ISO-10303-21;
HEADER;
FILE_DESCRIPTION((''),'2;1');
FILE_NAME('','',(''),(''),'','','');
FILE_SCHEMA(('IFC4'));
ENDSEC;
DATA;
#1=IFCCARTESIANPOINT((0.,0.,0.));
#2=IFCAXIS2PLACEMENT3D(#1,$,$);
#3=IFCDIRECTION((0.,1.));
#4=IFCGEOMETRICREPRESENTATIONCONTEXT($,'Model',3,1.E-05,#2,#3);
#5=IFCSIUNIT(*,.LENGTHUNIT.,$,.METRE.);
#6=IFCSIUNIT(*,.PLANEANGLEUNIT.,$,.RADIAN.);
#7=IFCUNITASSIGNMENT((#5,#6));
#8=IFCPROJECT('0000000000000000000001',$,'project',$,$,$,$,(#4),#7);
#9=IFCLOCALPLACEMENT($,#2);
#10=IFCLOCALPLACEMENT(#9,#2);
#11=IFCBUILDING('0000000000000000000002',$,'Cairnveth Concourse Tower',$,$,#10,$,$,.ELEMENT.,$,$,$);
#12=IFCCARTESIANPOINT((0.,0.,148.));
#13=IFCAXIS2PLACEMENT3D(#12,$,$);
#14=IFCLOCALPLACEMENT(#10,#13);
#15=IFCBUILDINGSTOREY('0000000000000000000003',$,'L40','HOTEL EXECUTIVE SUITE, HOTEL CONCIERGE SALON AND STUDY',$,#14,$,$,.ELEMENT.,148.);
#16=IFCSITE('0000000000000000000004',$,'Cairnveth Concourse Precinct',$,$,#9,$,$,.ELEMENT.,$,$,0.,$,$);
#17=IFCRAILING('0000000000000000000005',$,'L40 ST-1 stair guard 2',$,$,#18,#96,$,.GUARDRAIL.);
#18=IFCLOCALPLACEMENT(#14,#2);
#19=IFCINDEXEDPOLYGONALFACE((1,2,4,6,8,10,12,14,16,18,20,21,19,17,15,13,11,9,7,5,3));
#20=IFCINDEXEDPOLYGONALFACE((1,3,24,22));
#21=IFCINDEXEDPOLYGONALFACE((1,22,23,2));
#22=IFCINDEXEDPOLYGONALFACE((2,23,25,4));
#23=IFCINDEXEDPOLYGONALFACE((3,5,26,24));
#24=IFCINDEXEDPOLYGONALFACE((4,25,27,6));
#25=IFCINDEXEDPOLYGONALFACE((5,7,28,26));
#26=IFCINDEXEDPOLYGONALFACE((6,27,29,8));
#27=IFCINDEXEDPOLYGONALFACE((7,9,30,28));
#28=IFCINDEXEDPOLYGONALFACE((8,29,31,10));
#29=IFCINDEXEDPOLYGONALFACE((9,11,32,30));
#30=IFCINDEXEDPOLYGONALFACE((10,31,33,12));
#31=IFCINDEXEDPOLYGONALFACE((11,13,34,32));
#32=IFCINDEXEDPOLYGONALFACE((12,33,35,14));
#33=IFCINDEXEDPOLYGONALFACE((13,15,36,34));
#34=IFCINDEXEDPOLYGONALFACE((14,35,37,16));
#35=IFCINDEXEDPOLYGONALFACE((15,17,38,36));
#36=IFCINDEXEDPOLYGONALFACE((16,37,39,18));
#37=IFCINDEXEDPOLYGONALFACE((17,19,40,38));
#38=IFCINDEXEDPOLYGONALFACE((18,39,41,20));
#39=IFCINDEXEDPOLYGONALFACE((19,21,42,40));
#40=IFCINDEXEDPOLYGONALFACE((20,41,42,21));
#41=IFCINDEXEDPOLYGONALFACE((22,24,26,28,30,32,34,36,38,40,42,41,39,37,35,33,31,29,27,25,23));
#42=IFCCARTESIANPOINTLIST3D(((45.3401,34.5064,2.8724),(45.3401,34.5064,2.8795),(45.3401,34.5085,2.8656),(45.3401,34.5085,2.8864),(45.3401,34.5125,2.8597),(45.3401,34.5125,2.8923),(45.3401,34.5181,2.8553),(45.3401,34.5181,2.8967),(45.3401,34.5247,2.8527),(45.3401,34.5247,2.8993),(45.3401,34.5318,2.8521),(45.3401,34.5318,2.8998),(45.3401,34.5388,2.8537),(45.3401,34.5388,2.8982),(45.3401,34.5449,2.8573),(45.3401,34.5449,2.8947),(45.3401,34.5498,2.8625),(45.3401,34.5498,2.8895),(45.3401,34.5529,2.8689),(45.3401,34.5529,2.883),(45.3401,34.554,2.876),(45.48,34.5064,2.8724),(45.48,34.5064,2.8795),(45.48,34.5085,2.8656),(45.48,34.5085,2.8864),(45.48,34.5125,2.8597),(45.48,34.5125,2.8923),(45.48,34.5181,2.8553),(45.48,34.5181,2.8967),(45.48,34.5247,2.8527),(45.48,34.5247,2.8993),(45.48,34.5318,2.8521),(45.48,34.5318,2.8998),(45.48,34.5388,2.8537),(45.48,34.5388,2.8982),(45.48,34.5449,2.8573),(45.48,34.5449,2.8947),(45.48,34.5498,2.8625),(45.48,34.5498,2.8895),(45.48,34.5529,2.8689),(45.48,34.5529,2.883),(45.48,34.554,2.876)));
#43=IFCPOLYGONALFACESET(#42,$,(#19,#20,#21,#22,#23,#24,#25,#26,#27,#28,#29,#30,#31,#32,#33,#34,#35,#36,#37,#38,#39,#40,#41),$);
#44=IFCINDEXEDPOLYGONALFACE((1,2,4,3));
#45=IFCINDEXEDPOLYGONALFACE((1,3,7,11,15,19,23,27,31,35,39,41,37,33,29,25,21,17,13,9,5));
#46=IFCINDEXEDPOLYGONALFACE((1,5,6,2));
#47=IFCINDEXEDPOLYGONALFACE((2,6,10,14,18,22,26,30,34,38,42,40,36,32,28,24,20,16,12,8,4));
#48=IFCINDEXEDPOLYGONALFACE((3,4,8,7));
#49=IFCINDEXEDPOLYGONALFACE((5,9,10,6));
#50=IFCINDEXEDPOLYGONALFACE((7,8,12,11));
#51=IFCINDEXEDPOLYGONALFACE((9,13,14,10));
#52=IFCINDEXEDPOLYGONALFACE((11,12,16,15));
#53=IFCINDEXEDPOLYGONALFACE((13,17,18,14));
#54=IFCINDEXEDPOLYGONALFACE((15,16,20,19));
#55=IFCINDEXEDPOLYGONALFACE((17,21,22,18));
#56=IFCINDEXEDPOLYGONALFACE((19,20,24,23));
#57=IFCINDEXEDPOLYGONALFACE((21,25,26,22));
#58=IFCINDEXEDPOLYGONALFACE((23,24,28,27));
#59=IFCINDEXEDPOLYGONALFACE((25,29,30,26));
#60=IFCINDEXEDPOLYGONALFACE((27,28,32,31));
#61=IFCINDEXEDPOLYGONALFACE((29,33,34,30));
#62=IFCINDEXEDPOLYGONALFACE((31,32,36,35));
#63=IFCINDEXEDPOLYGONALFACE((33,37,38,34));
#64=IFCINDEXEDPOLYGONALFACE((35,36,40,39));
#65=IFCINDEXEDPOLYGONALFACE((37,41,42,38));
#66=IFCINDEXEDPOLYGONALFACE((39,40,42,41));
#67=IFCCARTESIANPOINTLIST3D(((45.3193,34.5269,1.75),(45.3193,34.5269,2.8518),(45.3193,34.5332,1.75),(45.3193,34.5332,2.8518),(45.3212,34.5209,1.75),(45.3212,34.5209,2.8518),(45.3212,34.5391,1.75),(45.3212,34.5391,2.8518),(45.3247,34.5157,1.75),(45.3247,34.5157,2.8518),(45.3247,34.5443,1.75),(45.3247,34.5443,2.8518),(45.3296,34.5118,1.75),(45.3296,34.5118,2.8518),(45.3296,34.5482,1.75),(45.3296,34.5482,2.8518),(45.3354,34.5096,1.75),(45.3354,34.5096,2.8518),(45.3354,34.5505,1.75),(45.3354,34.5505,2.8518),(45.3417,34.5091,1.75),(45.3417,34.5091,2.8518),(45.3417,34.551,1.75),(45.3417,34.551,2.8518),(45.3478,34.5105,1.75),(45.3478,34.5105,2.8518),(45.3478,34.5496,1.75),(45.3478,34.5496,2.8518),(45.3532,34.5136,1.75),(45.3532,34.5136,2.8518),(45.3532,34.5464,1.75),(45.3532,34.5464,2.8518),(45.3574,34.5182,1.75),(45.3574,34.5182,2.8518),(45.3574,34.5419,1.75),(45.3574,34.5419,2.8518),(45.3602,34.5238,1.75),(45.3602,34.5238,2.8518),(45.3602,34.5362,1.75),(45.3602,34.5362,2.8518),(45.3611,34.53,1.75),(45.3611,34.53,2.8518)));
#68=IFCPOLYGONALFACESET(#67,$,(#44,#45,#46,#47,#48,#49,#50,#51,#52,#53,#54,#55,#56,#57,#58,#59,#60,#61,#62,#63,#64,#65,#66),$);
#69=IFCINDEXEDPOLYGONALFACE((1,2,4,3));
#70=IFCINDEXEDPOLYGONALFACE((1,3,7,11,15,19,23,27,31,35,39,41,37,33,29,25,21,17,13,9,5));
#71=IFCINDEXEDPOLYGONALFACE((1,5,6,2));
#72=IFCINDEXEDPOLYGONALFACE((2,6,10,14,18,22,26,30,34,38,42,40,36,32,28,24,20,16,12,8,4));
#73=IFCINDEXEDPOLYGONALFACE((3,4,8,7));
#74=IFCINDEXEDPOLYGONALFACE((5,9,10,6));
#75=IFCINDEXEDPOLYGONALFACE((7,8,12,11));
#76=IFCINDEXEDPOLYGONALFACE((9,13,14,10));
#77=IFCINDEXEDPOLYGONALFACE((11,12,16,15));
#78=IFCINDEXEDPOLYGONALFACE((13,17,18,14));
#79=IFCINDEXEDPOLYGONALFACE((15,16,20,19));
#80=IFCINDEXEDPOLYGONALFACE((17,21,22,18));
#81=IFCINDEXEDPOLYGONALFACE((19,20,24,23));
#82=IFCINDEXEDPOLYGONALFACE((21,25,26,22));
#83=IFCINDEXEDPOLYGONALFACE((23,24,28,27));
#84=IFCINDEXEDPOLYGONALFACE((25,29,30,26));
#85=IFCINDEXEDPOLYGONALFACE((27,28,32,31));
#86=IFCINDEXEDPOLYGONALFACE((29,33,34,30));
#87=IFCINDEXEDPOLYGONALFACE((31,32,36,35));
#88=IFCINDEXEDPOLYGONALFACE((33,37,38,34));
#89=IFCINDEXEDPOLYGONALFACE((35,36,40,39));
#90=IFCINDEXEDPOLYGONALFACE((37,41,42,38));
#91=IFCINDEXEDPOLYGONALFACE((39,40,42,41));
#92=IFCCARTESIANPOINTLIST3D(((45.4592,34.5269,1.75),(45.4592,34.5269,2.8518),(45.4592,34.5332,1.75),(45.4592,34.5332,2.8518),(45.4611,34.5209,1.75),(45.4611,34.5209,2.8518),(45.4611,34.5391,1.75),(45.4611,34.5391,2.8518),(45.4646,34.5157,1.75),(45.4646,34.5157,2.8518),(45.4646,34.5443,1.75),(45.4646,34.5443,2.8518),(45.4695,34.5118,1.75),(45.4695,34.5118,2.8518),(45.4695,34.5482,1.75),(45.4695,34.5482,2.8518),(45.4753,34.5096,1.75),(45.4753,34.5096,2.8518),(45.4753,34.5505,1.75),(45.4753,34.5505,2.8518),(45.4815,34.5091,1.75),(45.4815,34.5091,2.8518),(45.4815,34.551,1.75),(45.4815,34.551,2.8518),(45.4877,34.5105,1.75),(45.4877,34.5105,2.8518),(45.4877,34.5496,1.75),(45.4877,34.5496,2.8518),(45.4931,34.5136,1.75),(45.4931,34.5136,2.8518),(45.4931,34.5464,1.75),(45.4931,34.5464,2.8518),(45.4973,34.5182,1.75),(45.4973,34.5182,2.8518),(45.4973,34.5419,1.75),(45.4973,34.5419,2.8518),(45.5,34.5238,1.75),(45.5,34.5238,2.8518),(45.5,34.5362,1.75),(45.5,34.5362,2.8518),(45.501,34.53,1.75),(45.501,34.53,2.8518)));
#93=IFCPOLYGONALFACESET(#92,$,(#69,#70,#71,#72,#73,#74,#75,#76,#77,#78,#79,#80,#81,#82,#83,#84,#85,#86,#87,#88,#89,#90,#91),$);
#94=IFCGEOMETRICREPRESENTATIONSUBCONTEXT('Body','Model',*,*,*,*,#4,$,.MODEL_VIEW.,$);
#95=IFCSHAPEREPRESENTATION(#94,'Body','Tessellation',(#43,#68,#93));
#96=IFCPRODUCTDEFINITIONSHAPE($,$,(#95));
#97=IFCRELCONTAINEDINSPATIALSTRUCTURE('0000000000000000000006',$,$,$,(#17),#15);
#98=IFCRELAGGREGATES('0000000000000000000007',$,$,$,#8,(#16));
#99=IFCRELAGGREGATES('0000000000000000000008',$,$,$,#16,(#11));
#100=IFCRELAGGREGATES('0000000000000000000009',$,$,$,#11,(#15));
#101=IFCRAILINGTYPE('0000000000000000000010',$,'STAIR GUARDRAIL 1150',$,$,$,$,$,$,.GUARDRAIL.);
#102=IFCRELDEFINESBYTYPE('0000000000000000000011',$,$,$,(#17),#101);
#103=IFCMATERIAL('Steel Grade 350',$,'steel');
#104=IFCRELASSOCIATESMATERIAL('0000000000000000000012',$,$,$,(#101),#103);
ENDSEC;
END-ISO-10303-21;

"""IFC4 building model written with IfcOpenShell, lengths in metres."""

from ifc_helpers import new_model, si_unit, direction, frame, origin, origin_2d, place, context, subcontext, project, spatial, circle, extrude, material, type_object, element, save


model = new_model("IFC4")

# Units and contexts
model_context = context("Model", 3, precision=1e-05, world=origin(), true_north=direction((0.0, 1.0)))
body_context = subcontext(model_context, "Body", "Model", "MODEL_VIEW")
ifc_project = project(units=[si_unit("LENGTHUNIT", "METRE"), si_unit("PLANEANGLEUNIT", "RADIAN")], contexts=[model_context])

# Site, building, storey
site_placement = place(None, origin())
site = spatial("IfcSite", under=ifc_project, at=site_placement, Name="Cairnveth Concourse Precinct", CompositionType="ELEMENT", RefElevation=0.0)
building_placement = place(site_placement, origin())
building = spatial("IfcBuilding", under=site, at=building_placement, Name="Cairnveth Concourse Tower", CompositionType="ELEMENT")
storey_placement = place(building_placement, frame((0.0, 0.0, 148.0)))
storey = spatial("IfcBuildingStorey", under=building, at=storey_placement, Name="L40", Description="HOTEL EXECUTIVE SUITE, HOTEL CONCIERGE SALON AND STUDY", CompositionType="ELEMENT", Elevation=148.0)

# Shared definitions
ifc_material_1 = material(Name="Steel Grade 350", Category="steel")

# Railing
railing_type_1 = type_object("IfcRailingType", Name="STAIR GUARDRAIL 1150", PredefinedType="GUARDRAIL", material=ifc_material_1)
railing_1_placement = place(storey_placement, frame((45.3401, 34.53, 1.75)))
element("IfcRailing", 1, at=railing_1_placement, inside=storey, type_object=railing_type_1, Name="L40 ST-1 stair guard 2", PredefinedType="GUARDRAIL", context=body_context, shape_type="SweptSolid", body=[
    extrude(circle(Radius=0.0239, at=origin_2d()), frame((0.0, 0.0, 1.126), z_axis=(1.0, 0.0, 0.0), x_axis=(0.0, 1.0, 0.0)), (0.0, 0.0, 1.0), 0.1399),
    extrude(circle(Radius=0.021, at=origin_2d()), origin(), (0.0, 0.0, 1.0), 1.1018),
    extrude(circle(Radius=0.021, at=origin_2d()), frame((0.1399, 0.0, 0.0)), (0.0, 0.0, 1.0), 1.1018),
])

save(model, "model.ifc")
